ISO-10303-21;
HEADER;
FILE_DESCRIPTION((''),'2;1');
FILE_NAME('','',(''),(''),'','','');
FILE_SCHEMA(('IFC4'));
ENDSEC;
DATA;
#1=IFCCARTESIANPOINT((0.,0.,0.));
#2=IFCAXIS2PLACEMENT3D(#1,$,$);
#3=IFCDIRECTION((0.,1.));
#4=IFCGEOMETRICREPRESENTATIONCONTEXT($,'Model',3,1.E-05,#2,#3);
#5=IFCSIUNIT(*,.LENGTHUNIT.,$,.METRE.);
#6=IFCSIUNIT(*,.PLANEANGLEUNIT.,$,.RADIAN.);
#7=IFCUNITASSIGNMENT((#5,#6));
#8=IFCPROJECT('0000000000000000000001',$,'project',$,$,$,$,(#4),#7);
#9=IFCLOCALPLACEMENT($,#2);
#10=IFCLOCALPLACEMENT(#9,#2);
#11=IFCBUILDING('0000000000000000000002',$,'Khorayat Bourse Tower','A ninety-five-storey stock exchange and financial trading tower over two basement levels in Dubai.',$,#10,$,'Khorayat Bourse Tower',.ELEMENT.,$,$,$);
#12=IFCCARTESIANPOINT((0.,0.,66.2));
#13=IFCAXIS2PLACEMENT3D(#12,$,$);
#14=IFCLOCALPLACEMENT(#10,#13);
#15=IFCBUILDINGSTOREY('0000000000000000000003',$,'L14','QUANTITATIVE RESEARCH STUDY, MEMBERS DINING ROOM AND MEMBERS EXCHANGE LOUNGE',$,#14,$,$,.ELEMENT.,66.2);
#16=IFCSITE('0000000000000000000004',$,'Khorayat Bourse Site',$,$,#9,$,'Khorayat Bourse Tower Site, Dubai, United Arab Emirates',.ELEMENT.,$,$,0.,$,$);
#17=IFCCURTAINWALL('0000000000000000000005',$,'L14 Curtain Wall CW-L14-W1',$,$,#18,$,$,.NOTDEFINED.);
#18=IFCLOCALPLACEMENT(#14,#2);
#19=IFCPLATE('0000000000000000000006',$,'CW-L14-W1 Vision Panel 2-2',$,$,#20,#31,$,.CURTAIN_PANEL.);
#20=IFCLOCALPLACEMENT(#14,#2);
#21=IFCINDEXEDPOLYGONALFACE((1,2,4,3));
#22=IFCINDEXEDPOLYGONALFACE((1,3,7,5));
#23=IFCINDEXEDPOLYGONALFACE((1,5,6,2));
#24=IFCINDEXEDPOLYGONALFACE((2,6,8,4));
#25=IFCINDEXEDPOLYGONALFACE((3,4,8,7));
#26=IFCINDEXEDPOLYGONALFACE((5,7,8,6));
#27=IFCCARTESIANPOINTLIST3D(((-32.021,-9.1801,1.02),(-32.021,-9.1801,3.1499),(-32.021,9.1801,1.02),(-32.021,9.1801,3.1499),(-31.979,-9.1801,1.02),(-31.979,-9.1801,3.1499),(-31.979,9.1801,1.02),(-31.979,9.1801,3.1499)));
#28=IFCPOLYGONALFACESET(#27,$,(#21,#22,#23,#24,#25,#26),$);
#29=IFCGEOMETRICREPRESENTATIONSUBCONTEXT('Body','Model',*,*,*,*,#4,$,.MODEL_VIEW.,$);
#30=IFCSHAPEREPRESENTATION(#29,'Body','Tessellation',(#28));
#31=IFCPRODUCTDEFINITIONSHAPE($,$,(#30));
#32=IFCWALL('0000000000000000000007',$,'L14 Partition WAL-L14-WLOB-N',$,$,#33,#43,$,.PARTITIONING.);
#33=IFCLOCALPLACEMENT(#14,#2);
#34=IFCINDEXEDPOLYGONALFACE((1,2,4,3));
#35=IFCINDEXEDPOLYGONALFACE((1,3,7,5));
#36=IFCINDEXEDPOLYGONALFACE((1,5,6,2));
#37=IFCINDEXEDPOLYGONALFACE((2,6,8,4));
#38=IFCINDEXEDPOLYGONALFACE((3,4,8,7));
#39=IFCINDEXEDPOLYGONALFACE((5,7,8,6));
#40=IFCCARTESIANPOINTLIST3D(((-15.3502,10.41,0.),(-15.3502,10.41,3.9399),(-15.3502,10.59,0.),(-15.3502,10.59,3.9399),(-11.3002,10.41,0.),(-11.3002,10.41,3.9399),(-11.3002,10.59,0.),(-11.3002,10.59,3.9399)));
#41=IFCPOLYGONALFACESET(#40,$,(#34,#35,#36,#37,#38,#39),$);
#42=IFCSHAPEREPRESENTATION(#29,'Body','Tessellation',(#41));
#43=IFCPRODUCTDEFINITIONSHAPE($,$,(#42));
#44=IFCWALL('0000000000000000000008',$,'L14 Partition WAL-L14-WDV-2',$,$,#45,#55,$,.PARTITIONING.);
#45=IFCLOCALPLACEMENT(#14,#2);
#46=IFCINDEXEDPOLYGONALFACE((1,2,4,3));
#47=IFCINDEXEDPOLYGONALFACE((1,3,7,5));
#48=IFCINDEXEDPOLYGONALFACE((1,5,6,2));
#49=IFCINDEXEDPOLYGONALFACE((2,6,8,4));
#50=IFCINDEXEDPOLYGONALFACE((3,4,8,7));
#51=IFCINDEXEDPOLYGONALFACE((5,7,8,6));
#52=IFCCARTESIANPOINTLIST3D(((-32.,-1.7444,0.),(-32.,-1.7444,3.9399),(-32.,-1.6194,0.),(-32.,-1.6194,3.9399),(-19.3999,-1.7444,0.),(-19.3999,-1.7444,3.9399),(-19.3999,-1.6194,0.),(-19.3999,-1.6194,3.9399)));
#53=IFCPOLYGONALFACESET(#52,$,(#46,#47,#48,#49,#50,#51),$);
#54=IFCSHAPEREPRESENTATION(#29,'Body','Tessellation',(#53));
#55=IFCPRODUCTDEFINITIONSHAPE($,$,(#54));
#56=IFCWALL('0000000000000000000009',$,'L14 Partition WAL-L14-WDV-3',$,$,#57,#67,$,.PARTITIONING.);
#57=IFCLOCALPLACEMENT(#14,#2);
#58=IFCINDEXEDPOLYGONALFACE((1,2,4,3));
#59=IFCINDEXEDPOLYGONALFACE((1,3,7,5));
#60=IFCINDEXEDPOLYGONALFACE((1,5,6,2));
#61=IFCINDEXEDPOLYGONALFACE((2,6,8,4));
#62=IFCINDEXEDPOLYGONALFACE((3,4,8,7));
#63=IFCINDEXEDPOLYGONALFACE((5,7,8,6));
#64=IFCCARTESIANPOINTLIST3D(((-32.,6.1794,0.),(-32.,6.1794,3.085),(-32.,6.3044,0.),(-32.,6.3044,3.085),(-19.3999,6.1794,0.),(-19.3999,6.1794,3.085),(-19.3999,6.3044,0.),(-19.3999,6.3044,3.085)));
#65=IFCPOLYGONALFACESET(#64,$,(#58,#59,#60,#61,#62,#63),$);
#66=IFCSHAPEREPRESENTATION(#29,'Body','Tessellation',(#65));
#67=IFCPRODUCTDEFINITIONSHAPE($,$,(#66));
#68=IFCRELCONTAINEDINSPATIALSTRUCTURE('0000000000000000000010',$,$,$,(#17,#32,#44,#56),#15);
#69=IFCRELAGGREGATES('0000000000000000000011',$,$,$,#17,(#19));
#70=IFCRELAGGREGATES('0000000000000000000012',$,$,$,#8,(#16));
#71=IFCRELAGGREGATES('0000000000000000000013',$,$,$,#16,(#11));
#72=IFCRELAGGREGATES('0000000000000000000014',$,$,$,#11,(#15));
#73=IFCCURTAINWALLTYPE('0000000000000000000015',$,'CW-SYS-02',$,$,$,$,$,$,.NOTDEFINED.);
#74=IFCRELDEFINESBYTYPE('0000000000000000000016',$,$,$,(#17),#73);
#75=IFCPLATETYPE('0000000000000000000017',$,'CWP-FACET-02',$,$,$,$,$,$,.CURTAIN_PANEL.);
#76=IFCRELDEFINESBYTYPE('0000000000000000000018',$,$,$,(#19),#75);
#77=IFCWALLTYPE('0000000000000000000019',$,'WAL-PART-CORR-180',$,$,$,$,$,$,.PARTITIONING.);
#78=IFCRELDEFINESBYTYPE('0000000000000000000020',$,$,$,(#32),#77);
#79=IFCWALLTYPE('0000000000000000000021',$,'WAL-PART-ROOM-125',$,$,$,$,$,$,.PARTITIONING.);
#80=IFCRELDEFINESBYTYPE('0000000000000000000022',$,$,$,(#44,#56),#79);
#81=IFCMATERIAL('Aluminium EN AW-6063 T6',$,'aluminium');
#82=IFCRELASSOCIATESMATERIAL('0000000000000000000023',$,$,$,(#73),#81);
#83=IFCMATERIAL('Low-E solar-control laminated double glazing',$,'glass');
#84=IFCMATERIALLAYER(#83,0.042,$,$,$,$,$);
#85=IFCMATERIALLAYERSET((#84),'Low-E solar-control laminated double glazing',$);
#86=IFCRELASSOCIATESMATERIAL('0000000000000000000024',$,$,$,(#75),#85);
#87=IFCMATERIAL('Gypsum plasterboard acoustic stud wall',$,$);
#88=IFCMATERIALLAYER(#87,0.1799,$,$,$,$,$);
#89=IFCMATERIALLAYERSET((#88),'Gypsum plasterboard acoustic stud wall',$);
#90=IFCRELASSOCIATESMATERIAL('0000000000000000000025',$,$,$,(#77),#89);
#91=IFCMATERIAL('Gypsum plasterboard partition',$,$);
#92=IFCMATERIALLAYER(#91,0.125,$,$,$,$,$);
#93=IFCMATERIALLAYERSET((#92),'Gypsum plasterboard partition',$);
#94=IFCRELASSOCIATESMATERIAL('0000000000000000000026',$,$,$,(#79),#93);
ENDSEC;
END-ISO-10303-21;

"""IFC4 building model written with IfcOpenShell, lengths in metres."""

from ifc_helpers import new_model, si_unit, direction, frame, frame_2d, origin, origin_2d, place, context, subcontext, project, spatial, rectangle, extrude, source, transform, mapped, material, layer, layer_set, type_object, element, aggregate, save


model = new_model("IFC4")

# Units and contexts
model_context = context("Model", 3, precision=1e-05, world=origin(), true_north=direction((0.0, 1.0)))
body_context = subcontext(model_context, "Body", "Model", "MODEL_VIEW")
ifc_project = project(units=[si_unit("LENGTHUNIT", "METRE"), si_unit("PLANEANGLEUNIT", "RADIAN")], contexts=[model_context])

# Site, building, storey
site_placement = place(None, origin())
site = spatial("IfcSite", under=ifc_project, at=site_placement, Name="Khorayat Bourse Site", LongName="Khorayat Bourse Tower Site, Dubai, United Arab Emirates", CompositionType="ELEMENT", RefElevation=0.0)
building_placement = place(site_placement, origin())
building = spatial("IfcBuilding", under=site, at=building_placement, Name="Khorayat Bourse Tower", Description="A ninety-five-storey stock exchange and financial trading tower over two basement levels in Dubai.", LongName="Khorayat Bourse Tower", CompositionType="ELEMENT")
storey_placement = place(building_placement, frame((0.0, 0.0, 66.2)))
storey = spatial("IfcBuildingStorey", under=building, at=storey_placement, Name="L14", Description="QUANTITATIVE RESEARCH STUDY, MEMBERS DINING ROOM AND MEMBERS EXCHANGE LOUNGE", CompositionType="ELEMENT", Elevation=66.2)

# Curtain wall
ifc_material_1 = material(Name="Aluminium EN AW-6063 T6", Category="aluminium")
curtain_wall_type = type_object("IfcCurtainWallType", Name="CW-SYS-02", PredefinedType="NOTDEFINED", material=ifc_material_1)
curtain_wall_placement = place(storey_placement, origin())
curtain_wall = element("IfcCurtainWall", 1, at=curtain_wall_placement, inside=storey, type_object=curtain_wall_type, Name="L14 Curtain Wall CW-L14-W1", PredefinedType="NOTDEFINED")

# Plate
ifc_material_2 = material(Name="Low-E solar-control laminated double glazing", Category="glass")
ifc_layer_1 = layer(ifc_material_2, 0.042)
ifc_layer_set_1 = layer_set([ifc_layer_1], Name="Low-E solar-control laminated double glazing")
plate_type_1 = type_object("IfcPlateType", Name="CWP-FACET-02", PredefinedType="CURTAIN_PANEL", material=ifc_layer_set_1)
shared_shape_1 = source(origin(), body_context, "Body", "SweptSolid", [
    extrude(rectangle(XDim=18.3601, YDim=0.042, at=origin_2d()), origin(), (0.0, 0.0, 1.0), 2.1299),
])
plate_1_placement = place(storey_placement, frame((-32.0, 0.0, 1.02), z_axis=(0.0, 0.0, 1.0), x_axis=(0.0, 1.0, 0.0)))
plate_1 = element("IfcPlate", 2, at=plate_1_placement, type_object=plate_type_1, Name="CW-L14-W1 Vision Panel 2-2", PredefinedType="CURTAIN_PANEL", context=body_context, shape_type="MappedRepresentation", body=[
    mapped(shared_shape_1, transform((0.0, 0.0, 0.0), scale=1.0)),
])
aggregate(curtain_wall, [plate_1])

# Walls
ifc_material_3 = material(Name="Gypsum plasterboard acoustic stud wall")
ifc_layer_2 = layer(ifc_material_3, 0.1799)
ifc_layer_set_2 = layer_set([ifc_layer_2], Name="Gypsum plasterboard acoustic stud wall")
wall_type_1 = type_object("IfcWallType", Name="WAL-PART-CORR-180", PredefinedType="PARTITIONING", material=ifc_layer_set_2)
shared_shape_2 = source(origin(), body_context, "Body", "SweptSolid", [
    extrude(rectangle(XDim=4.05, YDim=0.1799, at=frame_2d((2.0249, 0.0))), origin(), (0.0, 0.0, 1.0), 3.9399),
])
wall_1_placement = place(storey_placement, frame((-15.3501, 10.5, 0.0), z_axis=(0.0, 0.0, 1.0), x_axis=(1.0, 0.0, 0.0)))
element("IfcWall", 3, at=wall_1_placement, inside=storey, type_object=wall_type_1, Name="L14 Partition WAL-L14-WLOB-N", PredefinedType="PARTITIONING", context=body_context, shape_type="MappedRepresentation", body=[
    mapped(shared_shape_2, transform((0.0, 0.0, 0.0), scale=1.0)),
])
ifc_material_4 = material(Name="Gypsum plasterboard partition")
ifc_layer_3 = layer(ifc_material_4, 0.125)
ifc_layer_set_3 = layer_set([ifc_layer_3], Name="Gypsum plasterboard partition")
wall_type_2 = type_object("IfcWallType", Name="WAL-PART-ROOM-125", PredefinedType="PARTITIONING", material=ifc_layer_set_3)
shared_shape_3 = source(origin(), body_context, "Body", "SweptSolid", [
    extrude(rectangle(XDim=12.6001, YDim=0.125, at=frame_2d((6.3, 0.0))), origin(), (0.0, 0.0, 1.0), 3.9399),
])
wall_2_placement = place(storey_placement, frame((-32.0, -1.6819, 0.0), z_axis=(0.0, 0.0, 1.0), x_axis=(1.0, 0.0, 0.0)))
element("IfcWall", 4, at=wall_2_placement, inside=storey, type_object=wall_type_2, Name="L14 Partition WAL-L14-WDV-2", PredefinedType="PARTITIONING", context=body_context, shape_type="MappedRepresentation", body=[
    mapped(shared_shape_3, transform((0.0, 0.0, 0.0), scale=1.0)),
])
shared_shape_4 = source(origin(), body_context, "Body", "SweptSolid", [
    extrude(rectangle(XDim=12.6001, YDim=0.125, at=frame_2d((6.3, 0.0))), origin(), (0.0, 0.0, 1.0), 3.085),
])
wall_3_placement = place(storey_placement, frame((-32.0, 6.2419, 0.0), z_axis=(0.0, 0.0, 1.0), x_axis=(1.0, 0.0, 0.0)))
element("IfcWall", 5, at=wall_3_placement, inside=storey, type_object=wall_type_2, Name="L14 Partition WAL-L14-WDV-3", PredefinedType="PARTITIONING", context=body_context, shape_type="MappedRepresentation", body=[
    mapped(shared_shape_4, transform((0.0, 0.0, 0.0), scale=1.0)),
])

save(model, "model.ifc")
